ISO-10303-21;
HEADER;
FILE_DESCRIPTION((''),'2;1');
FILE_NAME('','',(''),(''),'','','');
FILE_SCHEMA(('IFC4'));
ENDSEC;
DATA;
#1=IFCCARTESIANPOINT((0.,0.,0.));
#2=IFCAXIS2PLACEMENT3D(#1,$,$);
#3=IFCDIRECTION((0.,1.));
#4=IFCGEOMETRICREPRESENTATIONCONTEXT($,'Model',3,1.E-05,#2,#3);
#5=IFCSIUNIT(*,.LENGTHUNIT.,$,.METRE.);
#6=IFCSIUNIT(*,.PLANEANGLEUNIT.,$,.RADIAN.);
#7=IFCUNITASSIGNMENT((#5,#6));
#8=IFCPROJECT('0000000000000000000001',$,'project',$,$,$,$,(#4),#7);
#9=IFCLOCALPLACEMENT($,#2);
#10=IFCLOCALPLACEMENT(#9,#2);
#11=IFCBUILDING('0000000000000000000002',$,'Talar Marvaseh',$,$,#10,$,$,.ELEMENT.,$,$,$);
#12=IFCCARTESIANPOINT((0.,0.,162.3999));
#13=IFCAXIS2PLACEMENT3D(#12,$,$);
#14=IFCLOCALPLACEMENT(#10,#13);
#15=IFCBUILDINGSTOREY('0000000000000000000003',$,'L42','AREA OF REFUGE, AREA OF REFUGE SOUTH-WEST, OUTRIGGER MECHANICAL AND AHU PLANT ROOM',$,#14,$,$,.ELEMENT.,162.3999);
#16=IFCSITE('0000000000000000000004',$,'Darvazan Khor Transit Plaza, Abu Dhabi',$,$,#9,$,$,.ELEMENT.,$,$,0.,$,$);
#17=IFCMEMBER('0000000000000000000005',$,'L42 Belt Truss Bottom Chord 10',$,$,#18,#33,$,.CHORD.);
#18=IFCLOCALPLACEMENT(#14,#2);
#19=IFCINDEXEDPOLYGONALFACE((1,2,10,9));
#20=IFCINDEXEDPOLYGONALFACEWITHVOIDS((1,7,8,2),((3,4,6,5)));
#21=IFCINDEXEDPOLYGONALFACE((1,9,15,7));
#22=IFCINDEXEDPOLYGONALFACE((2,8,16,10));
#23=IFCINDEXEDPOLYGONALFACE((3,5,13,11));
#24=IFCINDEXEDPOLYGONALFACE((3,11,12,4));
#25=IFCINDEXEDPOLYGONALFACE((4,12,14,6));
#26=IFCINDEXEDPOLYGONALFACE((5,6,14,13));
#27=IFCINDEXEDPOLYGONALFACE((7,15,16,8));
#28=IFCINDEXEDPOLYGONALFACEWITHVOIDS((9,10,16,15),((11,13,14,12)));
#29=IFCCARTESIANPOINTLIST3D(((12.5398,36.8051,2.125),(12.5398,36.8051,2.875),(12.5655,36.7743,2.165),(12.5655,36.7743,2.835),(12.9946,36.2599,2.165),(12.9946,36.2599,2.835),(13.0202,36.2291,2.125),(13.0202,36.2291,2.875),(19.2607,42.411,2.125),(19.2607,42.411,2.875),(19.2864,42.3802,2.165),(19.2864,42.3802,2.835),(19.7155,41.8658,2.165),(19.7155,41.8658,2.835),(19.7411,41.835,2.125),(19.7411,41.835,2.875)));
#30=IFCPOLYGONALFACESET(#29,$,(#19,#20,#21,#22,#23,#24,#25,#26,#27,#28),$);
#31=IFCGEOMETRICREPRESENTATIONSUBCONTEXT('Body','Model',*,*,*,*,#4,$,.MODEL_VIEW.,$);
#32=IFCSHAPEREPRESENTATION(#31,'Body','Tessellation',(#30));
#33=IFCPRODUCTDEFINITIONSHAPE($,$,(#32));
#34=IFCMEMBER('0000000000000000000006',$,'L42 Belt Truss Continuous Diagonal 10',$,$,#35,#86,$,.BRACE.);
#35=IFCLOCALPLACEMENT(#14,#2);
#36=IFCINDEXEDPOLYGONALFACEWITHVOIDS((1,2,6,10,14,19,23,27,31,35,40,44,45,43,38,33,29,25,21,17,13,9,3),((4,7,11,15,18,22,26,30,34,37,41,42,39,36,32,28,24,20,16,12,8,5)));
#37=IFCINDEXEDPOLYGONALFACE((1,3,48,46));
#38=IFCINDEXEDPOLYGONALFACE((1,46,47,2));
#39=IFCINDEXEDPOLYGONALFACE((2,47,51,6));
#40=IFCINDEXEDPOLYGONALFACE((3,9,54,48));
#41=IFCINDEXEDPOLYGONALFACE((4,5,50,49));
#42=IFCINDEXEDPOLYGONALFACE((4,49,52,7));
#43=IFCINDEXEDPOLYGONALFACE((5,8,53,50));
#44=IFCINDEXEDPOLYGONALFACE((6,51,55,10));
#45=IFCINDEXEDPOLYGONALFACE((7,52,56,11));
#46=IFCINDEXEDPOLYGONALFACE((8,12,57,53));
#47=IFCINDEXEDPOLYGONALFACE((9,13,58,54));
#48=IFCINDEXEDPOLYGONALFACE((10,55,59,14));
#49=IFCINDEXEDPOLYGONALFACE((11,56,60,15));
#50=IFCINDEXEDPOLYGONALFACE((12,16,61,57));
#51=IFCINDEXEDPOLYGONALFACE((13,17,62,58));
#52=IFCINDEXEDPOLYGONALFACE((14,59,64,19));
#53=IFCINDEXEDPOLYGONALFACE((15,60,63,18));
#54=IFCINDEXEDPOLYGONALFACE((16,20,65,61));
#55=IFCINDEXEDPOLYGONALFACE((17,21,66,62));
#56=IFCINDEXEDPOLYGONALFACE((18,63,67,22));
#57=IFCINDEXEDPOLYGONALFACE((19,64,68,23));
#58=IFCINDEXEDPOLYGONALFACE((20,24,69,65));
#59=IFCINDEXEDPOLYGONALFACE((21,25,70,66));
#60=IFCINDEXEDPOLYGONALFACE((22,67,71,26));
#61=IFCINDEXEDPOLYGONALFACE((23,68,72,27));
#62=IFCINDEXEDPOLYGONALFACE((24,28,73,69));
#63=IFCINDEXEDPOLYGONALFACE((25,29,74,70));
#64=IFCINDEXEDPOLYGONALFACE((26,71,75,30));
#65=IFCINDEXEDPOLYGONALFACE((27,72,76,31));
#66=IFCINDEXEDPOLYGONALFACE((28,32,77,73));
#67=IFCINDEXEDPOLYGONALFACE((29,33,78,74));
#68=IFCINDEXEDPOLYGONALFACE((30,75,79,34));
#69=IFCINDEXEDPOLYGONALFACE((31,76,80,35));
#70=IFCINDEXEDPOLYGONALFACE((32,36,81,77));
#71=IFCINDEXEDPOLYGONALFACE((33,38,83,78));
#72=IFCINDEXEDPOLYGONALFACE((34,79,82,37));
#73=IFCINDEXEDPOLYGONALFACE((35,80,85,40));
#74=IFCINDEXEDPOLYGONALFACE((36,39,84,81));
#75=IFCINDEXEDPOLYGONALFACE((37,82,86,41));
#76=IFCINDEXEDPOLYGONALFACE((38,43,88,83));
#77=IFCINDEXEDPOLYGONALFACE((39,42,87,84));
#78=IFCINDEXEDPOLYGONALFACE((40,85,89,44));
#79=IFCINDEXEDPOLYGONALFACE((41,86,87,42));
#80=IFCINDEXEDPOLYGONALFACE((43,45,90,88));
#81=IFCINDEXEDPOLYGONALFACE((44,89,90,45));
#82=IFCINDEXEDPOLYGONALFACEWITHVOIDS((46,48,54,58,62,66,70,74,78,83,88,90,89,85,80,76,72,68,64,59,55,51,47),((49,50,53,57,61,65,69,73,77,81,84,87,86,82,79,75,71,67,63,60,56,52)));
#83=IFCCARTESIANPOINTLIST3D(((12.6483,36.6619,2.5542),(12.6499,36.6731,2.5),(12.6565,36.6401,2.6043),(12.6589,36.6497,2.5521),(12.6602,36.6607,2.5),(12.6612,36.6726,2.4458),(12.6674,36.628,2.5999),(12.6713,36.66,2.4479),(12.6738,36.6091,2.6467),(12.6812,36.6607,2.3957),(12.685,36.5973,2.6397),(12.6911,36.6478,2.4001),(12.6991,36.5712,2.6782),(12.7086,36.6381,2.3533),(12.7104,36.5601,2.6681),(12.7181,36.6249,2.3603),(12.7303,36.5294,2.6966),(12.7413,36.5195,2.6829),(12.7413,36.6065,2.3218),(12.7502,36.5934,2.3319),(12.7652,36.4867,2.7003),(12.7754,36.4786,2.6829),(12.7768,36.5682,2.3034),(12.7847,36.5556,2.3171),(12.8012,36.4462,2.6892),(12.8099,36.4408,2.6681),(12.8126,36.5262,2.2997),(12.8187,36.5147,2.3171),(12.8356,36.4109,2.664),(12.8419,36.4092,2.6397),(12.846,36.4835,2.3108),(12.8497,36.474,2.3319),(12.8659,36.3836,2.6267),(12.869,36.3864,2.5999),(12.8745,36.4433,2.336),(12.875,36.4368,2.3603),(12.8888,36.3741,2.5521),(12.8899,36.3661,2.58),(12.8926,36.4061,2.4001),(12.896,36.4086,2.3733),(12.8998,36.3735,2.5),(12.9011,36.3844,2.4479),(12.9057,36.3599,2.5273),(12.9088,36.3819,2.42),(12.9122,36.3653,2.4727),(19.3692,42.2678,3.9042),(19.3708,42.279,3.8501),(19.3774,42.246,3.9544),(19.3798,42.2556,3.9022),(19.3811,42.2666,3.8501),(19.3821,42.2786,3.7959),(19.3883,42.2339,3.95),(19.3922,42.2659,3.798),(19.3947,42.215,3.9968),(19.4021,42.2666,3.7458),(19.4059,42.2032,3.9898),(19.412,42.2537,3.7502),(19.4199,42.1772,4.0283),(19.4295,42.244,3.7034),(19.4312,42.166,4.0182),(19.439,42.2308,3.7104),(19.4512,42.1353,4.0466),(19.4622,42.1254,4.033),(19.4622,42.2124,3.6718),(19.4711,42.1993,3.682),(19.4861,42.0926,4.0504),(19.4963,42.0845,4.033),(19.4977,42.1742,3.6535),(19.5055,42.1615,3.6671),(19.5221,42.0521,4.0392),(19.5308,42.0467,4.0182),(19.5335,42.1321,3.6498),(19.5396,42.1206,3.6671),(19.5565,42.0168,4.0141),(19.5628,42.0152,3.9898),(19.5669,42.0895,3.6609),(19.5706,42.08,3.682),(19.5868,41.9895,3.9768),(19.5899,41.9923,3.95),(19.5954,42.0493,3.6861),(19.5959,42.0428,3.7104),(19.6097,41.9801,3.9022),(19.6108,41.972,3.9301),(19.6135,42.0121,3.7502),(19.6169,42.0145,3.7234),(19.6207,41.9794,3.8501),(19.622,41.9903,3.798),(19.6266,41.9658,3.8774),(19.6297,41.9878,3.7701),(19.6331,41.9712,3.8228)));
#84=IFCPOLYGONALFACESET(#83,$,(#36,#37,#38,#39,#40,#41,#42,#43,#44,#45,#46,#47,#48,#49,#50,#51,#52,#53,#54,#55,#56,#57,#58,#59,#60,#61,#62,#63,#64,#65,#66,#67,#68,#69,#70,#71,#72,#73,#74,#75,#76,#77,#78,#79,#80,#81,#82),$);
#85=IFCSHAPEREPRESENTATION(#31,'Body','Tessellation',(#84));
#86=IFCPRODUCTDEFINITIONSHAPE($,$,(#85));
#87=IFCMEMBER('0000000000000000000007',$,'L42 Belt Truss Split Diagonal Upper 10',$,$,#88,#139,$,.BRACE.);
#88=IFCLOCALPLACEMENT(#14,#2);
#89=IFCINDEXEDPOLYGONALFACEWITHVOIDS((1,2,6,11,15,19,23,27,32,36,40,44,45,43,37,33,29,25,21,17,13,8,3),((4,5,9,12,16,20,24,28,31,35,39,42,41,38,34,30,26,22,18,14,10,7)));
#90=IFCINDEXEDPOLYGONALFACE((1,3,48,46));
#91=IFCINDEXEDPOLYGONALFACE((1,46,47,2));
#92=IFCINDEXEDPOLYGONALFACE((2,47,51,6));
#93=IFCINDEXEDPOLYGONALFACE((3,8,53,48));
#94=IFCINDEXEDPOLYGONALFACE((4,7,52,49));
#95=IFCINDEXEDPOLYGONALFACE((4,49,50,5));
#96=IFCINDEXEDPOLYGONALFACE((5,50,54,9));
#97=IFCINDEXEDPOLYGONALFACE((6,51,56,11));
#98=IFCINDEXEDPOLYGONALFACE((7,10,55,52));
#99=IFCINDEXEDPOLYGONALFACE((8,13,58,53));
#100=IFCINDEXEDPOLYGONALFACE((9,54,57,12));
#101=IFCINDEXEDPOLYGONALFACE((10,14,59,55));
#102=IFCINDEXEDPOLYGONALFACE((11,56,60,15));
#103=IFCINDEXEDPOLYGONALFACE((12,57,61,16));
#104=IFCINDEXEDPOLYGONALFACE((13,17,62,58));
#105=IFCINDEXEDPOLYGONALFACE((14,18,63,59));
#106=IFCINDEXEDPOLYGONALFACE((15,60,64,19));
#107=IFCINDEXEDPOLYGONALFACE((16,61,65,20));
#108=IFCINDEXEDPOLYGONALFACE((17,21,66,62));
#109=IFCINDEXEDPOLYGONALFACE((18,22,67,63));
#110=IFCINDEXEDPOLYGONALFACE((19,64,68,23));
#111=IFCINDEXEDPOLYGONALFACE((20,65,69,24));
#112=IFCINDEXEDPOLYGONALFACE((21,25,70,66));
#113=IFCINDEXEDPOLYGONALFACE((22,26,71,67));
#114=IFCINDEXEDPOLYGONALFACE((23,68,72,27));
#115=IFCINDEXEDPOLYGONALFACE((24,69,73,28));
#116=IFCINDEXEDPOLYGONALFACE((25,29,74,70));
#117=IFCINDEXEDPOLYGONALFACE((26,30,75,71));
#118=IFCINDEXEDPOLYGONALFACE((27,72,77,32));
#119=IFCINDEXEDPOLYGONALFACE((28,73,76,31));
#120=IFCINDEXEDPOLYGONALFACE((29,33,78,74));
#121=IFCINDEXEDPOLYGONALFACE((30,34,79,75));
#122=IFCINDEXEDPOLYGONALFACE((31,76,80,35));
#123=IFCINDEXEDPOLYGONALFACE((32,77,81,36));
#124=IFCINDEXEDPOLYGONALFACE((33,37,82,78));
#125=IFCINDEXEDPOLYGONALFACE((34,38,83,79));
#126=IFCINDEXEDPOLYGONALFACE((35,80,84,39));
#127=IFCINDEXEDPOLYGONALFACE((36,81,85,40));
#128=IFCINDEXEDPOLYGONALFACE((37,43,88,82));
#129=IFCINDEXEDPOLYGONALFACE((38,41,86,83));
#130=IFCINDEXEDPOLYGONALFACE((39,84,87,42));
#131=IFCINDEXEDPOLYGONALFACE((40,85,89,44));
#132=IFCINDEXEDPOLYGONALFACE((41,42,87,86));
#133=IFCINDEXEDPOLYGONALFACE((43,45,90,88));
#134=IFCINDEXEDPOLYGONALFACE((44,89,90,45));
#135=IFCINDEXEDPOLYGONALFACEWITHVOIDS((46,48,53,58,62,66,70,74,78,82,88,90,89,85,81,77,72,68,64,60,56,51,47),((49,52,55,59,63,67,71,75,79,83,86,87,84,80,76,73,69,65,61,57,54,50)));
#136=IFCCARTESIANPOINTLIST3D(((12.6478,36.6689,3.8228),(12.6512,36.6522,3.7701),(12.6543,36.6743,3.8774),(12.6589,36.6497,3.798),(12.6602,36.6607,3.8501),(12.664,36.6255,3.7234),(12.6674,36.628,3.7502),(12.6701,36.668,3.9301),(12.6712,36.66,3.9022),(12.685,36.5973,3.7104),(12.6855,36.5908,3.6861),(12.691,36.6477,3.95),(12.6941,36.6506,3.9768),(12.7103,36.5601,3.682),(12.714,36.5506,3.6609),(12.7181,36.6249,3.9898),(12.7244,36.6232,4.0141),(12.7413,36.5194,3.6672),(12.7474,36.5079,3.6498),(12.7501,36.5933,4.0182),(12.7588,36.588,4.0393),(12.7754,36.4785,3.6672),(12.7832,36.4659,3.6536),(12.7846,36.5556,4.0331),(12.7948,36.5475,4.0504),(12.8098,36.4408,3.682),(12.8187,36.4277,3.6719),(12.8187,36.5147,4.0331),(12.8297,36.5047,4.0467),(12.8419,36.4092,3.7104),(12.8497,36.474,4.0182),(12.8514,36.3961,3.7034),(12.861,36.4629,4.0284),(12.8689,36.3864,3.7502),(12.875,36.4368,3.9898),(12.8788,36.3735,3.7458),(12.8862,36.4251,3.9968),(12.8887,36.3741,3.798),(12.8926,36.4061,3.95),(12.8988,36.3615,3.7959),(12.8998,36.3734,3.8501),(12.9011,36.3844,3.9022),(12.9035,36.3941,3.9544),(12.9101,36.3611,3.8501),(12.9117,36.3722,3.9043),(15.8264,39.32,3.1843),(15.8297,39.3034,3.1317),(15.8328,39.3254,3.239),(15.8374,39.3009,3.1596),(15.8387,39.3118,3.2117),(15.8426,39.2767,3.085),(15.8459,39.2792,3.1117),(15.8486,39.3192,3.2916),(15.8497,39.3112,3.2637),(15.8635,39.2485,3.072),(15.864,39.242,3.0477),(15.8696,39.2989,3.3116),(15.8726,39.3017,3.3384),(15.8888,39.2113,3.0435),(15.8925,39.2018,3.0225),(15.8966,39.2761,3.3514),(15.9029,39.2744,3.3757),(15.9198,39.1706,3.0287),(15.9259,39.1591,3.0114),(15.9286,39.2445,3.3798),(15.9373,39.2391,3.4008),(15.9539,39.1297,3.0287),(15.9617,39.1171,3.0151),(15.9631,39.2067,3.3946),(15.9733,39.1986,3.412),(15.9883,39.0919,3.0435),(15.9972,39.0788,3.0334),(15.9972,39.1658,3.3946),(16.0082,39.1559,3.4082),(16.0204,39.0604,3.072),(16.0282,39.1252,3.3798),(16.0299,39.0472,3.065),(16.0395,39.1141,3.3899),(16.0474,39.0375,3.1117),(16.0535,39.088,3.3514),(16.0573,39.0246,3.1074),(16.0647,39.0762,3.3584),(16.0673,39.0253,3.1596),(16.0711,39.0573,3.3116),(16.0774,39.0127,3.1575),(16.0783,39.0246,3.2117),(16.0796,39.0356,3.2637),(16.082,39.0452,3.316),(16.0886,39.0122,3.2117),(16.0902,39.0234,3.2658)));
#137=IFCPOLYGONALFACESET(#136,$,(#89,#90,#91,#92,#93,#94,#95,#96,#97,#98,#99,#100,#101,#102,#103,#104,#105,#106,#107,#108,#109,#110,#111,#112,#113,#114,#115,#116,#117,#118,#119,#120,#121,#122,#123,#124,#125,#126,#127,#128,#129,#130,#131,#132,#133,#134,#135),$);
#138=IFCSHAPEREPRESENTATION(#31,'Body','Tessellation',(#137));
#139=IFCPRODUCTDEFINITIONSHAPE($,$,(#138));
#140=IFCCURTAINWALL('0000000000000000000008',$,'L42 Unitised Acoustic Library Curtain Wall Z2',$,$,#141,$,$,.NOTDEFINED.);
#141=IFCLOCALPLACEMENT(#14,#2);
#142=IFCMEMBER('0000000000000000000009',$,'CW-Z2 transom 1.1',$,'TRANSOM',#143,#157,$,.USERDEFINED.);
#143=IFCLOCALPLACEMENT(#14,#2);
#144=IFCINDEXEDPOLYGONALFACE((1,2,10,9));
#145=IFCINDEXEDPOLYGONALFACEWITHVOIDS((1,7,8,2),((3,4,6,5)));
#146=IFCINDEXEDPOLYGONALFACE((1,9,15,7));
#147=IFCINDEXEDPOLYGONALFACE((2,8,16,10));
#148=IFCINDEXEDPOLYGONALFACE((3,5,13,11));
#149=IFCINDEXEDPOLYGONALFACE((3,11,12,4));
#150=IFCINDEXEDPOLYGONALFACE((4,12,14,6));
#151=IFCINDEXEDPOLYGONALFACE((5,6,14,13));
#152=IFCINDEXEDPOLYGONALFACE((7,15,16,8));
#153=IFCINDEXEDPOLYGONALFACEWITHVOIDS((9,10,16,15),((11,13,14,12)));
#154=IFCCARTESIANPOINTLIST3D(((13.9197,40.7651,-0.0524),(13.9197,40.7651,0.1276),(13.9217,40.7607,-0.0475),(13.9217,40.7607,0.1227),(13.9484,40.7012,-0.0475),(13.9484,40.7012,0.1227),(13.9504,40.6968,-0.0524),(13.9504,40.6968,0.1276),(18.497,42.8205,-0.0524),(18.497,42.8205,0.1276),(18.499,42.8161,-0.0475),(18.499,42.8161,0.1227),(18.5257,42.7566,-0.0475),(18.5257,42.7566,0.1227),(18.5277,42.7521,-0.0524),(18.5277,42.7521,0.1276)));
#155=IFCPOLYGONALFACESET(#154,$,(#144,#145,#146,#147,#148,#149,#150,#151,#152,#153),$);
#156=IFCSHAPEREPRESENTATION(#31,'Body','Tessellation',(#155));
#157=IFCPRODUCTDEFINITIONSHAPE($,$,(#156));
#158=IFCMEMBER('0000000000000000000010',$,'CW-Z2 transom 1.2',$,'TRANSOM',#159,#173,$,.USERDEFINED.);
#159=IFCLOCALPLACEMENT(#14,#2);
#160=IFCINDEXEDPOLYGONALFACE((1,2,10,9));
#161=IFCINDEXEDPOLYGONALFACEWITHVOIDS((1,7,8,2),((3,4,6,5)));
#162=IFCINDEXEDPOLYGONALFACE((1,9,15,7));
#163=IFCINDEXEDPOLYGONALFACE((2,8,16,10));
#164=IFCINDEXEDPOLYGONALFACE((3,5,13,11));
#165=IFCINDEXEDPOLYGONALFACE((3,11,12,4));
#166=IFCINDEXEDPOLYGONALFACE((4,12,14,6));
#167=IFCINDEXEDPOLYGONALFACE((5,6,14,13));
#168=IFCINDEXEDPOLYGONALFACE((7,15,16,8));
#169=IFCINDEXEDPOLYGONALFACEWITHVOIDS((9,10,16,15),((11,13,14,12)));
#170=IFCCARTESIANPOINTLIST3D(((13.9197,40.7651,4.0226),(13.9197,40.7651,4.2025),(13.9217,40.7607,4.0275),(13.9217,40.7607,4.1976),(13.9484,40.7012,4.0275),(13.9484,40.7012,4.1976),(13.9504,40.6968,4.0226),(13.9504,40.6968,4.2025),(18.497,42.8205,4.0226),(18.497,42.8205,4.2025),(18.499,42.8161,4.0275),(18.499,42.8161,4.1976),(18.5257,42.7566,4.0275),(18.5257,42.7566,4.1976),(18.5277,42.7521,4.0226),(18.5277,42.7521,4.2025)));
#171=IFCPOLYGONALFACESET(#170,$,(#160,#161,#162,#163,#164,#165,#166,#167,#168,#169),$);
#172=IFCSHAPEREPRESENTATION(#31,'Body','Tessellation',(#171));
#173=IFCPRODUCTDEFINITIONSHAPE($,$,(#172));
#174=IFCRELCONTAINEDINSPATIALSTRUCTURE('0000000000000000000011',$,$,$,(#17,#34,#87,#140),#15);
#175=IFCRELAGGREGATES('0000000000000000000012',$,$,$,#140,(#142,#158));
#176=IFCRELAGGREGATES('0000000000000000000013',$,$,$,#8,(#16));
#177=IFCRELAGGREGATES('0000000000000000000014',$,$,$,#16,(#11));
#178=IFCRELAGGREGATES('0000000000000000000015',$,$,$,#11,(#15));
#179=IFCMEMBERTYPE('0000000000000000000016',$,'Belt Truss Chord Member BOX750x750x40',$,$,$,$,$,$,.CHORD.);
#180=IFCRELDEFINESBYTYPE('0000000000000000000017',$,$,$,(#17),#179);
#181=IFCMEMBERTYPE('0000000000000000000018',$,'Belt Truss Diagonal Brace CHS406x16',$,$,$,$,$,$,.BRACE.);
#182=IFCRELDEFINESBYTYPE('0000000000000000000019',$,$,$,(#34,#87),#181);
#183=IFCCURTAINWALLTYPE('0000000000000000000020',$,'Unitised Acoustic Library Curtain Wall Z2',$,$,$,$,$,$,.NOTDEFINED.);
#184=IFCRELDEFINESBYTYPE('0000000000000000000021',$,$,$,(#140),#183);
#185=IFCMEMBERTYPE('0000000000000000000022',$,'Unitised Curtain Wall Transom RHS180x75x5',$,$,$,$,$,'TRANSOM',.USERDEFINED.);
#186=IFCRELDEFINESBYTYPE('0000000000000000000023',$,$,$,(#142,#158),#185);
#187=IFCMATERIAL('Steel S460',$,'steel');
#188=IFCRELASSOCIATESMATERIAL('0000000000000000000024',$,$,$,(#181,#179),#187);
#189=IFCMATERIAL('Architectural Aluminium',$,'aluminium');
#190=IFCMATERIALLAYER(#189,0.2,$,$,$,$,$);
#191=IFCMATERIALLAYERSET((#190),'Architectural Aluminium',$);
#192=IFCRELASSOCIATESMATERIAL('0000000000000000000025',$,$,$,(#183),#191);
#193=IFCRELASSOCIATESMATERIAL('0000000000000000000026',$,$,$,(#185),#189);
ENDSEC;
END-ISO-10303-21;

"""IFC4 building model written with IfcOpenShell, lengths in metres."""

from ifc_helpers import new_model, si_unit, direction, frame, origin, origin_2d, place, context, subcontext, project, spatial, hollow_rectangle, hollow_circle, extrude, source, transform, mapped, material, layer, layer_set, material_profile, profile_set, type_object, type_shapes, element, aggregate, save


model = new_model("IFC4")

# Units and contexts
model_context = context("Model", 3, precision=1e-05, world=origin(), true_north=direction((0.0, 1.0)))
body_context = subcontext(model_context, "Body", "Model", "MODEL_VIEW")
ifc_project = project(units=[si_unit("LENGTHUNIT", "METRE"), si_unit("PLANEANGLEUNIT", "RADIAN")], contexts=[model_context])

# Site, building, storey
site_placement = place(None, origin())
site = spatial("IfcSite", under=ifc_project, at=site_placement, Name="Darvazan Khor Transit Plaza, Abu Dhabi", CompositionType="ELEMENT", RefElevation=0.0)
building_placement = place(site_placement, origin())
building = spatial("IfcBuilding", under=site, at=building_placement, Name="Talar Marvaseh", CompositionType="ELEMENT")
storey_placement = place(building_placement, frame((0.0, 0.0, 162.3999)))
storey = spatial("IfcBuildingStorey", under=building, at=storey_placement, Name="L42", Description="AREA OF REFUGE, AREA OF REFUGE SOUTH-WEST, OUTRIGGER MECHANICAL AND AHU PLANT ROOM", CompositionType="ELEMENT", Elevation=162.3999)

# Shared definitions
ifc_material_1 = material(Name="Steel S460", Category="steel")

# Members
ifc_material_profile_1 = material_profile(ifc_material_1, hollow_circle(Radius=0.2031, WallThickness=0.0161, at=origin_2d()), Name="CHS406x16")
ifc_profile_set_1 = profile_set([ifc_material_profile_1], Name="Steel S460")
member_type_1 = type_object("IfcMemberType", Name="Belt Truss Diagonal Brace CHS406x16", PredefinedType="BRACE", material=ifc_profile_set_1)
ifc_material_profile_2 = material_profile(ifc_material_1, hollow_rectangle(XDim=0.75, YDim=0.75, WallThickness=0.04, at=origin_2d()), Name="BOX750x750x40")
ifc_profile_set_2 = profile_set([ifc_material_profile_2], Name="Steel S460")
member_type_2 = type_object("IfcMemberType", Name="Belt Truss Chord Member BOX750x750x40", PredefinedType="CHORD", material=ifc_profile_set_2)
shared_shape_1 = source(origin(), body_context, "Body", "SweptSolid", [
    extrude(hollow_rectangle(XDim=0.75, YDim=0.75, WallThickness=0.04, at=origin_2d()), origin(), (0.0, 0.0, 1.0), 8.752),
])
type_shapes(member_type_2, [shared_shape_1])
member_1_placement = place(storey_placement, frame((12.78, 36.5171, 2.5), z_axis=(0.767931, 0.640533, 0.0), x_axis=(-0.640533, 0.767931, 0.0)))
element("IfcMember", 1, at=member_1_placement, inside=storey, type_object=member_type_2, Name="L42 Belt Truss Bottom Chord 10", PredefinedType="CHORD", context=body_context, shape_type="MappedRepresentation", body=[
    mapped(shared_shape_1, transform((0.0, 0.0, 0.0), x_axis=(1.0, 0.0, 0.0), y_axis=(0.0, 1.0, 0.0), z_axis=(0.0, 0.0, 1.0), scale=1.0)),
])
shared_shape_2 = source(origin(), body_context, "Body", "SweptSolid", [
    extrude(hollow_circle(Radius=0.2031, WallThickness=0.0161, at=origin_2d()), origin(), (0.0, 0.0, 1.0), 8.8555),
])
member_2_placement = place(storey_placement, frame((12.78, 36.5171, 2.5), z_axis=(0.758954, 0.633045, 0.152458), x_axis=(-0.640533, 0.767931, 0.0)))
element("IfcMember", 2, at=member_2_placement, inside=storey, type_object=member_type_1, Name="L42 Belt Truss Continuous Diagonal 10", PredefinedType="BRACE", context=body_context, shape_type="MappedRepresentation", body=[
    mapped(shared_shape_2, transform((0.0, 0.0, 0.0), x_axis=(1.0, 0.0, 0.0), y_axis=(0.0, 1.0, 0.0), z_axis=(0.0, 0.0, 1.0), scale=1.0)),
])
shared_shape_3 = source(origin(), body_context, "Body", "SweptSolid", [
    extrude(hollow_circle(Radius=0.2031, WallThickness=0.0161, at=origin_2d()), origin(), (0.0, 0.0, 1.0), 4.188),
])
member_3_placement = place(storey_placement, frame((15.9585, 39.1682, 3.2117), z_axis=(-0.75896, -0.63304, 0.152445), x_axis=(0.640527, -0.767936, 0.0)))
element("IfcMember", 3, at=member_3_placement, inside=storey, type_object=member_type_1, Name="L42 Belt Truss Split Diagonal Upper 10", PredefinedType="BRACE", context=body_context, shape_type="MappedRepresentation", body=[
    mapped(shared_shape_3, transform((0.0, 0.0, 0.0), x_axis=(1.0, 0.0, 0.0), y_axis=(0.0, 1.0, 0.0), z_axis=(0.0, 0.0, 1.0), scale=1.0)),
])

# Curtain wall, members
ifc_material_2 = material(Name="Architectural Aluminium", Category="aluminium")
ifc_layer_1 = layer(ifc_material_2, 0.2)
ifc_layer_set_1 = layer_set([ifc_layer_1], Name="Architectural Aluminium")
curtain_wall_type = type_object("IfcCurtainWallType", Name="Unitised Acoustic Library Curtain Wall Z2", PredefinedType="NOTDEFINED", material=ifc_layer_set_1)
curtain_wall_1_placement = place(storey_placement, origin())
curtain_wall_1 = element("IfcCurtainWall", 4, at=curtain_wall_1_placement, inside=storey, type_object=curtain_wall_type, Name="L42 Unitised Acoustic Library Curtain Wall Z2", PredefinedType="NOTDEFINED")
ifc_material_profile_3 = material_profile(ifc_material_2, hollow_rectangle(XDim=0.075, YDim=0.1799, WallThickness=0.0049, at=origin_2d()), Name="RHS180x75x5")
ifc_profile_set_3 = profile_set([ifc_material_profile_3], Name="Architectural Aluminium")
member_type_3 = type_object("IfcMemberType", Name="Unitised Curtain Wall Transom RHS180x75x5", ElementType="TRANSOM", PredefinedType="USERDEFINED", material=ifc_profile_set_3)
shared_shape_4 = source(origin(), body_context, "Body", "SweptSolid", [
    extrude(hollow_rectangle(XDim=0.075, YDim=0.1799, WallThickness=0.0049, at=origin_2d()), origin(), (0.0, 0.0, 1.0), 5.0176),
])
member_4_placement = place(storey_placement, frame((13.9351, 40.731, 0.0376), z_axis=(0.91225, 0.409634, 0.0), x_axis=(-0.409634, 0.91225, 0.0)))
member_4 = element("IfcMember", 5, at=member_4_placement, type_object=member_type_3, Name="CW-Z2 transom 1.1", ObjectType="TRANSOM", PredefinedType="USERDEFINED", context=body_context, shape_type="MappedRepresentation", body=[
    mapped(shared_shape_4, transform((0.0, 0.0, 0.0), x_axis=(1.0, 0.0, 0.0), y_axis=(0.0, 1.0, 0.0), z_axis=(0.0, 0.0, 1.0), scale=1.0)),
])
member_5_placement = place(storey_placement, frame((13.9351, 40.731, 4.1125), z_axis=(0.91225, 0.409634, 0.0), x_axis=(-0.409634, 0.91225, 0.0)))
member_5 = element("IfcMember", 6, at=member_5_placement, type_object=member_type_3, Name="CW-Z2 transom 1.2", ObjectType="TRANSOM", PredefinedType="USERDEFINED", context=body_context, shape_type="MappedRepresentation", body=[
    mapped(shared_shape_4, transform((0.0, 0.0, 0.0), x_axis=(1.0, 0.0, 0.0), y_axis=(0.0, 1.0, 0.0), z_axis=(0.0, 0.0, 1.0), scale=1.0)),
])

aggregate(curtain_wall_1, [member_4, member_5])

save(model, "model.ifc")
